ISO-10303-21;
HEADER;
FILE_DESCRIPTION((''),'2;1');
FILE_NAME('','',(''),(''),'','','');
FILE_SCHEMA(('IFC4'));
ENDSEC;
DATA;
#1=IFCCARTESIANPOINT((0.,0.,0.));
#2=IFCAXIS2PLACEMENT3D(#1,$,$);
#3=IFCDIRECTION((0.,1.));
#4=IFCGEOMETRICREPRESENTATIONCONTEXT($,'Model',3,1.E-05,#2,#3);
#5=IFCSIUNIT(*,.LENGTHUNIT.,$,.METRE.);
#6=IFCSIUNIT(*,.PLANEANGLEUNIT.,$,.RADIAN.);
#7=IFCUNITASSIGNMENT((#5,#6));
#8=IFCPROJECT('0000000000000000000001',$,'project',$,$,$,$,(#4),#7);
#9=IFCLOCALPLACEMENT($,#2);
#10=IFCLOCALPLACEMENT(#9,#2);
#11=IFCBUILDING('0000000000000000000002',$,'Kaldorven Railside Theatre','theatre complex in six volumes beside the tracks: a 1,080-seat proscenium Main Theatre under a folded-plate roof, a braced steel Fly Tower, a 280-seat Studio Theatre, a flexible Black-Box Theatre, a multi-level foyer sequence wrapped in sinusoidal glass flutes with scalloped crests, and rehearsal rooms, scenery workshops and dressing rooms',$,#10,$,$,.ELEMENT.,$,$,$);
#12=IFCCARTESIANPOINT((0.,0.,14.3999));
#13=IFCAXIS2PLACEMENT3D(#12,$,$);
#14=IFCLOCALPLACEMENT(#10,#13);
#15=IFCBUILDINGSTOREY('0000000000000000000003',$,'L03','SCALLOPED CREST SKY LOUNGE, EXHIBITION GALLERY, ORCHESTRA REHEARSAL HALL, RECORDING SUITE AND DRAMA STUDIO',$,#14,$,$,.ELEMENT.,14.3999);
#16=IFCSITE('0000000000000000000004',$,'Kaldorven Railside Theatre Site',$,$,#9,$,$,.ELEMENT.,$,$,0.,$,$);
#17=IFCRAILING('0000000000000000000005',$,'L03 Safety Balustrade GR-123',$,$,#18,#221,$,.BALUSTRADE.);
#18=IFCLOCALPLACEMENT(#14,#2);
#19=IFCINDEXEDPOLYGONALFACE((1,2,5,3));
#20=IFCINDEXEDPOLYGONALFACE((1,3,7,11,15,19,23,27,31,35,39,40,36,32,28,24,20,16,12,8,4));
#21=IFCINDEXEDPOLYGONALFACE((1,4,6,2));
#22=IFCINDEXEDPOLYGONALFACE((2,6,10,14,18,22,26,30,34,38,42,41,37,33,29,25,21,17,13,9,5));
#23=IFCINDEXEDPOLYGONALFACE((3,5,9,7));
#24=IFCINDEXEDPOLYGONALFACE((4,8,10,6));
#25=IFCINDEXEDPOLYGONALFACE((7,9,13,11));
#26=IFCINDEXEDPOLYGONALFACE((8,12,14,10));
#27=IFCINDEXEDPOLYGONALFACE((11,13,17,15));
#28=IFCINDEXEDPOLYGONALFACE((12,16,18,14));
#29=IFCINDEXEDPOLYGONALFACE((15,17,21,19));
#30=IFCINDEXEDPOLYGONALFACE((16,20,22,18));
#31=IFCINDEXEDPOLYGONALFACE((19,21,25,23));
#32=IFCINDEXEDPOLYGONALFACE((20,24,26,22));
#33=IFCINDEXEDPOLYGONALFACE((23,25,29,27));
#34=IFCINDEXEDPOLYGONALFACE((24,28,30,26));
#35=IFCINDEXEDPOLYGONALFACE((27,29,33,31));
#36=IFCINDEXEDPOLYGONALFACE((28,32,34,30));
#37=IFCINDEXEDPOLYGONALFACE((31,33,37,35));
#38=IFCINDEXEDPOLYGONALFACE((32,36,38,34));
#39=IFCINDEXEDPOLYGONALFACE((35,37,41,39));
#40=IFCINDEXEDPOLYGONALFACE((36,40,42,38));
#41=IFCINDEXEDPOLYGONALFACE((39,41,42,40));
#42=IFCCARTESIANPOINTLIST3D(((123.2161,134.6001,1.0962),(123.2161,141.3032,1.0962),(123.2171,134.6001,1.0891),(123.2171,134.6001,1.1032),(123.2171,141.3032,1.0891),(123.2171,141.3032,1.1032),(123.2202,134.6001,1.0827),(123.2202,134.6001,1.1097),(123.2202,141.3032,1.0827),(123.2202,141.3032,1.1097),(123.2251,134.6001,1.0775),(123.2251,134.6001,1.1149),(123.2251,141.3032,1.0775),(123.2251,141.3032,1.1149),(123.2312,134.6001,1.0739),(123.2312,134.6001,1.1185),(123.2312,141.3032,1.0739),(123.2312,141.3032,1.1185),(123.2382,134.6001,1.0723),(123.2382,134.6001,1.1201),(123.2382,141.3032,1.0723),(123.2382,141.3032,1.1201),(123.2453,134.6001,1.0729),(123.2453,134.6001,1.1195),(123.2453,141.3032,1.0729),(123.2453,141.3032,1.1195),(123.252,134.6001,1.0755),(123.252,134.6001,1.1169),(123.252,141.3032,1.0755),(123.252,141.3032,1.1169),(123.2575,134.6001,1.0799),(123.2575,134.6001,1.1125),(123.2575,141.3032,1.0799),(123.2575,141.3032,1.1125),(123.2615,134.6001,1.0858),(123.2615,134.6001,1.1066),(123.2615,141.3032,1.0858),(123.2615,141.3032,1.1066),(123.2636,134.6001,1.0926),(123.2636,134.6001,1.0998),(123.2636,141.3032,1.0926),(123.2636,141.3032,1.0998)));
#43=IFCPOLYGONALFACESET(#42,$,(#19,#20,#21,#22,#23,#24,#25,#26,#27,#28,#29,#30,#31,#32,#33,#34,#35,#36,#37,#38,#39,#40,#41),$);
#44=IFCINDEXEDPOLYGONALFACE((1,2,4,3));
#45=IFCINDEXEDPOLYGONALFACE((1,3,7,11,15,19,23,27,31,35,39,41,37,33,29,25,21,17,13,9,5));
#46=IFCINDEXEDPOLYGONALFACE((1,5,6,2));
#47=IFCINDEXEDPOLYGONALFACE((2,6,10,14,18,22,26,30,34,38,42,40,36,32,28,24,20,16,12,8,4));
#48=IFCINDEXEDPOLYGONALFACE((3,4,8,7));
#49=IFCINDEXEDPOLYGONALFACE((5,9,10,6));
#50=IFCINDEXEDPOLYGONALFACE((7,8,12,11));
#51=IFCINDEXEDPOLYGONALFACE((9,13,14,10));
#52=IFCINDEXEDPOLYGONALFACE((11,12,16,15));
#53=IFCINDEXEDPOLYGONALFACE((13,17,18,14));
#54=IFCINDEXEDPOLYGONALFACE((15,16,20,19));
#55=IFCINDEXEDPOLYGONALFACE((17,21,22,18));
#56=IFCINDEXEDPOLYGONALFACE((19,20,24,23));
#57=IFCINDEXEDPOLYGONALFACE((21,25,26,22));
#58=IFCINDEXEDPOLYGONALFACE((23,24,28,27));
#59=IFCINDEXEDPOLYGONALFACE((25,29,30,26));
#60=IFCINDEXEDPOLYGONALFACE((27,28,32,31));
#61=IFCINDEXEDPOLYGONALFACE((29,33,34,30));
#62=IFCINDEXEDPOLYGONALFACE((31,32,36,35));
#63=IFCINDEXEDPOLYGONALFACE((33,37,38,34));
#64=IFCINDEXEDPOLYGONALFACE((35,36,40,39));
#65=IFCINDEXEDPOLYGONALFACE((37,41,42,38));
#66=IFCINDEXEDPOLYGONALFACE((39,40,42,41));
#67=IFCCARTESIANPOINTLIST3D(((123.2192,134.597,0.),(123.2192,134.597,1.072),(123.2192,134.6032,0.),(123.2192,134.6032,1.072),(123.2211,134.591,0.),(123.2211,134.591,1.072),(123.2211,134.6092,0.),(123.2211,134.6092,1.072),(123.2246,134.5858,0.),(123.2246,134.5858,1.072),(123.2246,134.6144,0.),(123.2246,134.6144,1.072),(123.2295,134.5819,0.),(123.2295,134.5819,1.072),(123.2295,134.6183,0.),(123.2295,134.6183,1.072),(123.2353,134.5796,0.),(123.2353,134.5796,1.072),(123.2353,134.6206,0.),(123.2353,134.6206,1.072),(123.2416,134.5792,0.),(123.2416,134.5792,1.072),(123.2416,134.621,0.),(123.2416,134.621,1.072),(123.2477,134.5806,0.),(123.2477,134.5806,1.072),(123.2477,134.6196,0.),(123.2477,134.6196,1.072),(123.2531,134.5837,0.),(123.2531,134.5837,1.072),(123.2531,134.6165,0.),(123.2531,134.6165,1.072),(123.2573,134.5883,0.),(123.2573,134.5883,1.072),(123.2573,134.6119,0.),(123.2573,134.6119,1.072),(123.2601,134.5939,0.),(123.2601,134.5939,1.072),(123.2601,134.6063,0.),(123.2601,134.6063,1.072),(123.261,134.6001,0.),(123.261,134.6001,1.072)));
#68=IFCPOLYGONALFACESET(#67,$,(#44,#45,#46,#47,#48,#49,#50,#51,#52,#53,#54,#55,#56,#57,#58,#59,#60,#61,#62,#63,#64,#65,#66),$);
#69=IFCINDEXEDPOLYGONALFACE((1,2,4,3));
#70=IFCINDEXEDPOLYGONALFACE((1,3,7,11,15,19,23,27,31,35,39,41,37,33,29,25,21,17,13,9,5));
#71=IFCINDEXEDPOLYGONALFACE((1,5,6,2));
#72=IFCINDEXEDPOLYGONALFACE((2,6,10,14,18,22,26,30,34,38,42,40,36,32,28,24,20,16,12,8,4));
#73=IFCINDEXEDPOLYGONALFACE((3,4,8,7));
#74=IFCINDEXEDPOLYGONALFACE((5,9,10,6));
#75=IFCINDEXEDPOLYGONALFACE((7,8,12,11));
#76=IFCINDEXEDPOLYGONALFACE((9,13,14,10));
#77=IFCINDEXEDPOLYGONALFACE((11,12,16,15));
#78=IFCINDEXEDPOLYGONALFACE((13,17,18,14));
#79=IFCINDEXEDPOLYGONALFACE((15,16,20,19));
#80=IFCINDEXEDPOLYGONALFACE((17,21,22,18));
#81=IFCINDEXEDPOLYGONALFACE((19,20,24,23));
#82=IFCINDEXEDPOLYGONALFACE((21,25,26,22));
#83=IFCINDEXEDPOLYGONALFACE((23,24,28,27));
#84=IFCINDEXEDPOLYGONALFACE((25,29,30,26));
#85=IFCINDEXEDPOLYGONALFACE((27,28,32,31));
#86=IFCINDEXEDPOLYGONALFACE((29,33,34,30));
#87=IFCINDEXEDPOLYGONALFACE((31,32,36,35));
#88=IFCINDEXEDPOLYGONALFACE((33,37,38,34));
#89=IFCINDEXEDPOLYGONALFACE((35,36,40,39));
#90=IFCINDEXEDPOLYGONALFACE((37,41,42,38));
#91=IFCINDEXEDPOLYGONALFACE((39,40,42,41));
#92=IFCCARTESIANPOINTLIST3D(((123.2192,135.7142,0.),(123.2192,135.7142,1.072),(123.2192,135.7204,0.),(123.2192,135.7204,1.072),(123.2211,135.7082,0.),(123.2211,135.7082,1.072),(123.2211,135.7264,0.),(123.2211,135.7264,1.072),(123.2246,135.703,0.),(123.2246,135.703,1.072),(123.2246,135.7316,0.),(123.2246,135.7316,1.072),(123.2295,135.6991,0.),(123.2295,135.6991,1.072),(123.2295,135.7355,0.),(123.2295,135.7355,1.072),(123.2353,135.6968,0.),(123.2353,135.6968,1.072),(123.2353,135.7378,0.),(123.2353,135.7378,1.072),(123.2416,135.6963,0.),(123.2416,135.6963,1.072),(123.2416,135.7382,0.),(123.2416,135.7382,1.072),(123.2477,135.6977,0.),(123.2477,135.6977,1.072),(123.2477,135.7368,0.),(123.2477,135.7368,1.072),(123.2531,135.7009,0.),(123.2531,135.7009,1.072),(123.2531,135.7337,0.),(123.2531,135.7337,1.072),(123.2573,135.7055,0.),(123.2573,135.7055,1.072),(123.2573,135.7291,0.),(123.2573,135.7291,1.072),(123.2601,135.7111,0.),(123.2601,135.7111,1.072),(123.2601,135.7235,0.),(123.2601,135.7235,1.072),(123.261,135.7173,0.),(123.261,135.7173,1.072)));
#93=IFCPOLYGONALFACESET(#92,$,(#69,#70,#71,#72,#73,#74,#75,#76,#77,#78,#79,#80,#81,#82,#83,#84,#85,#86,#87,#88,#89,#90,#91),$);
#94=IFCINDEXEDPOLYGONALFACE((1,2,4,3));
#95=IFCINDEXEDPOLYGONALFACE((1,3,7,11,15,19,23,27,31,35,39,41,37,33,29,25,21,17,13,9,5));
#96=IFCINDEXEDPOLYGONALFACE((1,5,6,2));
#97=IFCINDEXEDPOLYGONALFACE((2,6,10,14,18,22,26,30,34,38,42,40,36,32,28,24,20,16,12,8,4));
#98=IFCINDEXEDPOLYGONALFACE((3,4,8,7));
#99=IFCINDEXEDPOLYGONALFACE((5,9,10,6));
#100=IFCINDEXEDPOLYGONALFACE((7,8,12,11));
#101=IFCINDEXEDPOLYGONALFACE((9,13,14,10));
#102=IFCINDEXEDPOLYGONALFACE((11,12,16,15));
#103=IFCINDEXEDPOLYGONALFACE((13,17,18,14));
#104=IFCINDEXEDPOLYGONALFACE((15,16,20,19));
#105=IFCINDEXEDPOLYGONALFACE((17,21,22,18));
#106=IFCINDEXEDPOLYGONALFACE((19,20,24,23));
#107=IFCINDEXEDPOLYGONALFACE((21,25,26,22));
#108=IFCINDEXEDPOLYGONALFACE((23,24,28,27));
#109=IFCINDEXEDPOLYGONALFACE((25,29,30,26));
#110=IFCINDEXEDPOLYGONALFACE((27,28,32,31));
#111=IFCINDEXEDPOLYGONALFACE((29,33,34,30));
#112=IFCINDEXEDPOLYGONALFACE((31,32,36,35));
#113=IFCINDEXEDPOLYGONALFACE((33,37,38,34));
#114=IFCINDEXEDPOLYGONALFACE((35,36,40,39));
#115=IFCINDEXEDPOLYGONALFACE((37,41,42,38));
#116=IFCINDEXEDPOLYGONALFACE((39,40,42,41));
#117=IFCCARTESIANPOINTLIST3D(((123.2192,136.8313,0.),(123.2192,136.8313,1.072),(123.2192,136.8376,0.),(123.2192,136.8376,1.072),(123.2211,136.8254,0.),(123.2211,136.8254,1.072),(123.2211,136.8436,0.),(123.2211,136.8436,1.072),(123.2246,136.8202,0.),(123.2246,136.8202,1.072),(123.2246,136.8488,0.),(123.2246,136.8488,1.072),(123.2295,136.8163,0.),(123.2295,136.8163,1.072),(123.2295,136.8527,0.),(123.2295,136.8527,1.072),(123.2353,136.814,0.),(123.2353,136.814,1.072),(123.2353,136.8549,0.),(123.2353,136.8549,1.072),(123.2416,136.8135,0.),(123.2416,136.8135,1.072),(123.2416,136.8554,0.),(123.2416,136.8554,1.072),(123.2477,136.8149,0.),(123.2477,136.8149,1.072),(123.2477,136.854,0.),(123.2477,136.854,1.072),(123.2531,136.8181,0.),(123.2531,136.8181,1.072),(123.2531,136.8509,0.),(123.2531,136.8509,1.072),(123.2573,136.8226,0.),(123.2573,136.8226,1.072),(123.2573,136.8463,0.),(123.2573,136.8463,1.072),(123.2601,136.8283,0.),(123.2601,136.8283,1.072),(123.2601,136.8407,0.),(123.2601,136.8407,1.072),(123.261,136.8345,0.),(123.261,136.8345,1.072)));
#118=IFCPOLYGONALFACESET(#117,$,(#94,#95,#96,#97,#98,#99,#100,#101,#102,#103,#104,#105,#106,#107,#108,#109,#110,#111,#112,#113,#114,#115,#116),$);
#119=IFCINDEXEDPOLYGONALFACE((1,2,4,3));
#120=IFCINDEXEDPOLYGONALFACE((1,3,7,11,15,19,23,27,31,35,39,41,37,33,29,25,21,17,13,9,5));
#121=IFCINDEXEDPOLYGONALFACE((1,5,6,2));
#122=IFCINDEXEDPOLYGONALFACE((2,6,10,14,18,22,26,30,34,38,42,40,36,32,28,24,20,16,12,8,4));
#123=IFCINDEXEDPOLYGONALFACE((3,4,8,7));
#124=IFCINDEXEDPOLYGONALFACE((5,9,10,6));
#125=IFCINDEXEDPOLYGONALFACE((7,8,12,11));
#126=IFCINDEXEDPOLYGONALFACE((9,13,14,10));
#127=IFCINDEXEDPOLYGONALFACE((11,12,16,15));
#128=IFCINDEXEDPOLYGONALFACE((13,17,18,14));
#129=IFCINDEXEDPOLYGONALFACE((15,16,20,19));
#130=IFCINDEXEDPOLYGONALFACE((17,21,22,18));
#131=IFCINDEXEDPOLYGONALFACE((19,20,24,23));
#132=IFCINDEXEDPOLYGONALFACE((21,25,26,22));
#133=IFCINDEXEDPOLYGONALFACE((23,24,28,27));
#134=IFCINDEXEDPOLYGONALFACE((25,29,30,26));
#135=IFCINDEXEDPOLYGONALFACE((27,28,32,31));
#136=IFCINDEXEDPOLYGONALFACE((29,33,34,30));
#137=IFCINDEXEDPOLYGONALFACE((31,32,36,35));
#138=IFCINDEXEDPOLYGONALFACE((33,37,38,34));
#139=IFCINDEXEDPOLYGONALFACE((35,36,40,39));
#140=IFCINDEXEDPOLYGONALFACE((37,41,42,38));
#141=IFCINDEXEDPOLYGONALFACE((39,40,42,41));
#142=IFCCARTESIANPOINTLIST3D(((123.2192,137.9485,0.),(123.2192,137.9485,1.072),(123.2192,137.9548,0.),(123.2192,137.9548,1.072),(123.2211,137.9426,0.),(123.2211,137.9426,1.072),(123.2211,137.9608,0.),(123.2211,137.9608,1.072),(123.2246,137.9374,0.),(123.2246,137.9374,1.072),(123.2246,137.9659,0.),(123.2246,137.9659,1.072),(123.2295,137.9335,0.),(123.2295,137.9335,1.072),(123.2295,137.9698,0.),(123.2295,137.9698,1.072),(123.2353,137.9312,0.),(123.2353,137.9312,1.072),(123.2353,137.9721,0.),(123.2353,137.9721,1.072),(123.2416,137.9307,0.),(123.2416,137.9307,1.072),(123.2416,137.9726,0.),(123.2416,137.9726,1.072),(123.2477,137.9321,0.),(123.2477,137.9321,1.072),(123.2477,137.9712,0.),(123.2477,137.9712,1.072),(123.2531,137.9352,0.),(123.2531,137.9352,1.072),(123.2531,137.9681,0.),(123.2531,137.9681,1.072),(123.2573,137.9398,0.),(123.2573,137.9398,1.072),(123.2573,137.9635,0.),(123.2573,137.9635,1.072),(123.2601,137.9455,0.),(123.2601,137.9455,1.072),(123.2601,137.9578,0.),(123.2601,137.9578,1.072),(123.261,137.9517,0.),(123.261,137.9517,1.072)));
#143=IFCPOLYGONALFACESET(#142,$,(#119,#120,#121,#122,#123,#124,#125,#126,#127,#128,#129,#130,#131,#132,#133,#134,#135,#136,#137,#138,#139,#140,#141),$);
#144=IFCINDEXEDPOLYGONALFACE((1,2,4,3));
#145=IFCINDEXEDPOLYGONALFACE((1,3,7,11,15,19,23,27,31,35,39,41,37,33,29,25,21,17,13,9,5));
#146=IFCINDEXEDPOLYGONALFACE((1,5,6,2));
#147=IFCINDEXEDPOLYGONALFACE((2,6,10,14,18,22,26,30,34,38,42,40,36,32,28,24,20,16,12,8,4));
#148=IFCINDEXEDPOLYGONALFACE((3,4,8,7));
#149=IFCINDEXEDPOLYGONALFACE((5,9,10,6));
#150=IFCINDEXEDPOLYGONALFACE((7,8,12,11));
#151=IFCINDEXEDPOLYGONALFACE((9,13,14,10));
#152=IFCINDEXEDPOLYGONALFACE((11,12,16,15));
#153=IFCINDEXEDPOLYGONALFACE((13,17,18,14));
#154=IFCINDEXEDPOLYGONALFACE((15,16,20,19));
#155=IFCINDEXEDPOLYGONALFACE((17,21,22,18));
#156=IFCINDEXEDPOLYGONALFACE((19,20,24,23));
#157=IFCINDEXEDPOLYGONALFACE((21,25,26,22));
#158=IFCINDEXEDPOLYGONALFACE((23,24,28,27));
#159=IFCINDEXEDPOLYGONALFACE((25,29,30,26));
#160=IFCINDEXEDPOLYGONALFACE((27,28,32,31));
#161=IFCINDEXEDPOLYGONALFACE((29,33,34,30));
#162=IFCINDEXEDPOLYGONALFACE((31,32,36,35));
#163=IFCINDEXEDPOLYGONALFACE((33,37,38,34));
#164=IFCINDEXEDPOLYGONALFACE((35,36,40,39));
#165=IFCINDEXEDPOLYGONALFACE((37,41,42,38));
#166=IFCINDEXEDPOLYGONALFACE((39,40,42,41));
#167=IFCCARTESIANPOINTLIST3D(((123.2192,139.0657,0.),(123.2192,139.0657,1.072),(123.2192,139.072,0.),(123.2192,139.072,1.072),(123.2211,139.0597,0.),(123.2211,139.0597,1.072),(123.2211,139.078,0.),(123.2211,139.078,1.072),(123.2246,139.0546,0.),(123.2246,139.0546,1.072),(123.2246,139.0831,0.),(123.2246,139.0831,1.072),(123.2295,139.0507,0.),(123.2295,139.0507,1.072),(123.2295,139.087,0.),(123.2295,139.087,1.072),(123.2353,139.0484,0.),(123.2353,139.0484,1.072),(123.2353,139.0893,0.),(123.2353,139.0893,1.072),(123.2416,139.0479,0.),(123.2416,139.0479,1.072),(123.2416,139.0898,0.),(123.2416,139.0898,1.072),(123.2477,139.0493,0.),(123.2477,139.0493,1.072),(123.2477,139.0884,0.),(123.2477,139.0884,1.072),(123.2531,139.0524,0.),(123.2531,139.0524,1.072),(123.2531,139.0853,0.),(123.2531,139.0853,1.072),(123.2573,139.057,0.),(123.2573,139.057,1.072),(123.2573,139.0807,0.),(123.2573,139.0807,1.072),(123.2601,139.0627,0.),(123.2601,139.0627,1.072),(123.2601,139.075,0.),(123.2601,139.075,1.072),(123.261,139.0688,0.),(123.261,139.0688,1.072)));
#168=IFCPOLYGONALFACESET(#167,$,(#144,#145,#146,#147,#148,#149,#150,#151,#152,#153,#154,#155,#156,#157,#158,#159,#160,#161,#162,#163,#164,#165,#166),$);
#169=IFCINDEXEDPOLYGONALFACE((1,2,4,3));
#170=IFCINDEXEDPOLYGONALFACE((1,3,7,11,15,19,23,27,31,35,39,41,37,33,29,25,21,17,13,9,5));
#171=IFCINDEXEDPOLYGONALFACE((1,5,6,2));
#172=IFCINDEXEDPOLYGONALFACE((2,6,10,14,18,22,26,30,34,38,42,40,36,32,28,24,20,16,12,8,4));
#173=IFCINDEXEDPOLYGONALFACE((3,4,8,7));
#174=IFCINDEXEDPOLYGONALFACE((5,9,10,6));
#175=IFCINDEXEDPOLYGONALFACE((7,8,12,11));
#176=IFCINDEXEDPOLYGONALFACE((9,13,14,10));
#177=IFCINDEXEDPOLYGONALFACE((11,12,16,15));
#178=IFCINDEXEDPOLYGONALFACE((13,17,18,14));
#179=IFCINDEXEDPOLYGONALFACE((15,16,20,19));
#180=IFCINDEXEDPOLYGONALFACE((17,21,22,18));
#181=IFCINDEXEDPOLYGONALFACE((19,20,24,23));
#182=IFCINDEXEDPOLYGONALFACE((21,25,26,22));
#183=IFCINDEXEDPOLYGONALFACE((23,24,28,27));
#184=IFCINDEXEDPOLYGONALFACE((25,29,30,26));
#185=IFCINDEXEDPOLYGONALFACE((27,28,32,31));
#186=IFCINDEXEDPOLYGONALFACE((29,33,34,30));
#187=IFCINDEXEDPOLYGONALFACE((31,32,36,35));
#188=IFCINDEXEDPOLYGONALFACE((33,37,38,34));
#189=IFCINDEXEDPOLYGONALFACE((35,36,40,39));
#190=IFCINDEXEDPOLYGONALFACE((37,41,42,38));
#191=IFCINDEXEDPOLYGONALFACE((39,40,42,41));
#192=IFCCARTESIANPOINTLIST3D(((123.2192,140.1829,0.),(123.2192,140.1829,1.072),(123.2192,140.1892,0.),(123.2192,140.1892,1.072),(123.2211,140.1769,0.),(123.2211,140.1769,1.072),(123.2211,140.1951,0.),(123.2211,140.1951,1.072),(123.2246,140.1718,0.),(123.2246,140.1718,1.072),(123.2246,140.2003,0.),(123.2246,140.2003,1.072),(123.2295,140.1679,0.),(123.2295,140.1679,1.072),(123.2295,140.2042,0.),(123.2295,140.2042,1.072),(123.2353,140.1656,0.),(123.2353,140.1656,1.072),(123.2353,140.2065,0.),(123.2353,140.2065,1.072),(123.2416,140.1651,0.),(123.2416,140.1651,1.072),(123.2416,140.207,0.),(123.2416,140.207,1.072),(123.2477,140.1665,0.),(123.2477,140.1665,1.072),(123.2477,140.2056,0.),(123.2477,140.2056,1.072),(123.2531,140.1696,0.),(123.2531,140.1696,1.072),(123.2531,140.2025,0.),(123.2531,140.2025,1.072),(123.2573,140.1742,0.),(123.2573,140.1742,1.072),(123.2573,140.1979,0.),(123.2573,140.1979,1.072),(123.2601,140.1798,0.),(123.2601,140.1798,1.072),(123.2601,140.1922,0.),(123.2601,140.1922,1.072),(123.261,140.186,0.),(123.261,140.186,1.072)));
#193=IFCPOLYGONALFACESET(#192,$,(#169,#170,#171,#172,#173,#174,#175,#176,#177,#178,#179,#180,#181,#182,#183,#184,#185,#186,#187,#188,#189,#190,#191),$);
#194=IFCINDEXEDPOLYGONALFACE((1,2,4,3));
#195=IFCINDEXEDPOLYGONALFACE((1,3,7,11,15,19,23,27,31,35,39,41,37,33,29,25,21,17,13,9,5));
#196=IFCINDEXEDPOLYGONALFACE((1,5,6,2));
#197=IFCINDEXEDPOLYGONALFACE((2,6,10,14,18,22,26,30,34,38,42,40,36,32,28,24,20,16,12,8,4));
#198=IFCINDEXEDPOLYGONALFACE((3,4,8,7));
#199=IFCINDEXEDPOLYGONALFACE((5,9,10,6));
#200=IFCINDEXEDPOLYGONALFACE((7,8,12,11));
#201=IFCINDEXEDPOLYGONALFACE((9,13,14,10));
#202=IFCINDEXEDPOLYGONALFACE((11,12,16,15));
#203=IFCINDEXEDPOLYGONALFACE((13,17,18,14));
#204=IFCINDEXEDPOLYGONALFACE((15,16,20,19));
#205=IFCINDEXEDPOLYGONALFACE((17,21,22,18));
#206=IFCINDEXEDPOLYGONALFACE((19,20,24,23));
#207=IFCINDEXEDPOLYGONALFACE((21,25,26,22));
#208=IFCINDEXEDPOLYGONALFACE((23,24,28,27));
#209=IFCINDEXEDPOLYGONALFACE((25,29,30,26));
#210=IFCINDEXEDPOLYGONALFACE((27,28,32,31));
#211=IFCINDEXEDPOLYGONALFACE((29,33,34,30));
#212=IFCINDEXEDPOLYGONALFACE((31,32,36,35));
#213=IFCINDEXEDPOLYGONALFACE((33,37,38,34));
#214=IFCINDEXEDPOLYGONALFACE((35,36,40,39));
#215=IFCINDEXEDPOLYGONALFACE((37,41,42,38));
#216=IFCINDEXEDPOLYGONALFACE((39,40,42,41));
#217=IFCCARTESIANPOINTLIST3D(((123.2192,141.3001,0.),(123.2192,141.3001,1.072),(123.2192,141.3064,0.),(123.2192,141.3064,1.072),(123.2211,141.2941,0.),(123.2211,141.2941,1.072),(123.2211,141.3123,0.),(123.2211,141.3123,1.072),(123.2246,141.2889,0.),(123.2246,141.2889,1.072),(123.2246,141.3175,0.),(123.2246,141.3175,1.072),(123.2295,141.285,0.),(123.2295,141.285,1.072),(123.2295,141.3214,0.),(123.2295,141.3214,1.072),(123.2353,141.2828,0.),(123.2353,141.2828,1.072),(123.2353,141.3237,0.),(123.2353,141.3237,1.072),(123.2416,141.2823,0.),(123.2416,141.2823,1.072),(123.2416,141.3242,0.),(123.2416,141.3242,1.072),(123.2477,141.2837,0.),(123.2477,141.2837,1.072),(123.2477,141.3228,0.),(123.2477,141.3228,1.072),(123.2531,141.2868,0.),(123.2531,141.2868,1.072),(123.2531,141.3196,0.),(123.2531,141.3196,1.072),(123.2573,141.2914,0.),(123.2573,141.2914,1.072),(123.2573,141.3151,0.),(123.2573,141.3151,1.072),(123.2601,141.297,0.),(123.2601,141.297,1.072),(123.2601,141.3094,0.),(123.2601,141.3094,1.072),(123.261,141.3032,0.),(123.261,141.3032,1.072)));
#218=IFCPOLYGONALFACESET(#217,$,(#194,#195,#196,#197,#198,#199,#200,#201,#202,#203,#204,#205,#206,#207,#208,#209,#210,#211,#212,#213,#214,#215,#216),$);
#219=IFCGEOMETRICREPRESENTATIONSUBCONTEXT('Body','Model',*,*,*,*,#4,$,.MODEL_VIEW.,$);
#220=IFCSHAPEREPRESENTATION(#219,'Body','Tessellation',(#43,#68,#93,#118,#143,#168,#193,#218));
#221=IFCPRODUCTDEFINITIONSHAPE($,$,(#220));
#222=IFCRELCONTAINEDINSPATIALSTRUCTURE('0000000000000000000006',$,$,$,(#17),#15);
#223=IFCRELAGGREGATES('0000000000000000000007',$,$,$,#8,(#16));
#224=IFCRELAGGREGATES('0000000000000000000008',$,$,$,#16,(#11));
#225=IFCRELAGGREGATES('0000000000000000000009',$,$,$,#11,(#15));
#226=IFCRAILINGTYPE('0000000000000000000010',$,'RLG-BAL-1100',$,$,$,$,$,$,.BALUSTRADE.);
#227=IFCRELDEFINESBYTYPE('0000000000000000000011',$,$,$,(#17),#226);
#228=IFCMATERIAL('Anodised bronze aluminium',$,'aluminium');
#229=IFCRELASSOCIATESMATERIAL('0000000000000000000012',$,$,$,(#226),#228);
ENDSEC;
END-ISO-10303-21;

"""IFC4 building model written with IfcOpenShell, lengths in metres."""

from ifc_helpers import new_model, si_unit, direction, frame, origin, origin_2d, place, context, subcontext, project, spatial, circle, extrude, material, type_object, element, save


model = new_model("IFC4")

# Units and contexts
model_context = context("Model", 3, precision=1e-05, world=origin(), true_north=direction((0.0, 1.0)))
body_context = subcontext(model_context, "Body", "Model", "MODEL_VIEW")
ifc_project = project(units=[si_unit("LENGTHUNIT", "METRE"), si_unit("PLANEANGLEUNIT", "RADIAN")], contexts=[model_context])

# Site, building, storey
site_placement = place(None, origin())
site = spatial("IfcSite", under=ifc_project, at=site_placement, Name="Kaldorven Railside Theatre Site", CompositionType="ELEMENT", RefElevation=0.0)
building_placement = place(site_placement, origin())
building = spatial("IfcBuilding", under=site, at=building_placement, Name="Kaldorven Railside Theatre", Description="theatre complex in six volumes beside the tracks: a 1,080-seat proscenium Main Theatre under a folded-plate roof, a braced steel Fly Tower, a 280-seat Studio Theatre, a flexible Black-Box Theatre, a multi-level foyer sequence wrapped in sinusoidal glass flutes with scalloped crests, and rehearsal rooms, scenery workshops and dressing rooms", CompositionType="ELEMENT")
storey_placement = place(building_placement, frame((0.0, 0.0, 14.3999)))
storey = spatial("IfcBuildingStorey", under=building, at=storey_placement, Name="L03", Description="SCALLOPED CREST SKY LOUNGE, EXHIBITION GALLERY, ORCHESTRA REHEARSAL HALL, RECORDING SUITE AND DRAMA STUDIO", CompositionType="ELEMENT", Elevation=14.3999)

# Railing
ifc_material_1 = material(Name="Anodised bronze aluminium", Category="aluminium")
railing_type = type_object("IfcRailingType", Name="RLG-BAL-1100", PredefinedType="BALUSTRADE", material=ifc_material_1)
railing_placement = place(storey_placement, frame((123.24, 134.6001, 0.0)))
element("IfcRailing", 1, at=railing_placement, inside=storey, type_object=railing_type, Name="L03 Safety Balustrade GR-123", PredefinedType="BALUSTRADE", context=body_context, shape_type="SweptSolid", body=[
    extrude(circle(Radius=0.0239, at=origin_2d()), frame((0.0, 0.0, 1.0962), z_axis=(0.0, 1.0, 0.0), x_axis=(-1.0, 0.0, 0.0)), (0.0, 0.0, 1.0), 6.7031),
    extrude(circle(Radius=0.021, at=origin_2d()), origin(), (0.0, 0.0, 1.0), 1.072),
    extrude(circle(Radius=0.021, at=origin_2d()), frame((0.0, 1.1172, 0.0)), (0.0, 0.0, 1.0), 1.072),
    extrude(circle(Radius=0.021, at=origin_2d()), frame((0.0, 2.2344, 0.0)), (0.0, 0.0, 1.0), 1.072),
    extrude(circle(Radius=0.021, at=origin_2d()), frame((0.0, 3.3516, 0.0)), (0.0, 0.0, 1.0), 1.072),
    extrude(circle(Radius=0.021, at=origin_2d()), frame((0.0, 4.4688, 0.0)), (0.0, 0.0, 1.0), 1.072),
    extrude(circle(Radius=0.021, at=origin_2d()), frame((0.0, 5.5859, 0.0)), (0.0, 0.0, 1.0), 1.072),
    extrude(circle(Radius=0.021, at=origin_2d()), frame((0.0, 6.7031, 0.0)), (0.0, 0.0, 1.0), 1.072),
])

save(model, "model.ifc")
